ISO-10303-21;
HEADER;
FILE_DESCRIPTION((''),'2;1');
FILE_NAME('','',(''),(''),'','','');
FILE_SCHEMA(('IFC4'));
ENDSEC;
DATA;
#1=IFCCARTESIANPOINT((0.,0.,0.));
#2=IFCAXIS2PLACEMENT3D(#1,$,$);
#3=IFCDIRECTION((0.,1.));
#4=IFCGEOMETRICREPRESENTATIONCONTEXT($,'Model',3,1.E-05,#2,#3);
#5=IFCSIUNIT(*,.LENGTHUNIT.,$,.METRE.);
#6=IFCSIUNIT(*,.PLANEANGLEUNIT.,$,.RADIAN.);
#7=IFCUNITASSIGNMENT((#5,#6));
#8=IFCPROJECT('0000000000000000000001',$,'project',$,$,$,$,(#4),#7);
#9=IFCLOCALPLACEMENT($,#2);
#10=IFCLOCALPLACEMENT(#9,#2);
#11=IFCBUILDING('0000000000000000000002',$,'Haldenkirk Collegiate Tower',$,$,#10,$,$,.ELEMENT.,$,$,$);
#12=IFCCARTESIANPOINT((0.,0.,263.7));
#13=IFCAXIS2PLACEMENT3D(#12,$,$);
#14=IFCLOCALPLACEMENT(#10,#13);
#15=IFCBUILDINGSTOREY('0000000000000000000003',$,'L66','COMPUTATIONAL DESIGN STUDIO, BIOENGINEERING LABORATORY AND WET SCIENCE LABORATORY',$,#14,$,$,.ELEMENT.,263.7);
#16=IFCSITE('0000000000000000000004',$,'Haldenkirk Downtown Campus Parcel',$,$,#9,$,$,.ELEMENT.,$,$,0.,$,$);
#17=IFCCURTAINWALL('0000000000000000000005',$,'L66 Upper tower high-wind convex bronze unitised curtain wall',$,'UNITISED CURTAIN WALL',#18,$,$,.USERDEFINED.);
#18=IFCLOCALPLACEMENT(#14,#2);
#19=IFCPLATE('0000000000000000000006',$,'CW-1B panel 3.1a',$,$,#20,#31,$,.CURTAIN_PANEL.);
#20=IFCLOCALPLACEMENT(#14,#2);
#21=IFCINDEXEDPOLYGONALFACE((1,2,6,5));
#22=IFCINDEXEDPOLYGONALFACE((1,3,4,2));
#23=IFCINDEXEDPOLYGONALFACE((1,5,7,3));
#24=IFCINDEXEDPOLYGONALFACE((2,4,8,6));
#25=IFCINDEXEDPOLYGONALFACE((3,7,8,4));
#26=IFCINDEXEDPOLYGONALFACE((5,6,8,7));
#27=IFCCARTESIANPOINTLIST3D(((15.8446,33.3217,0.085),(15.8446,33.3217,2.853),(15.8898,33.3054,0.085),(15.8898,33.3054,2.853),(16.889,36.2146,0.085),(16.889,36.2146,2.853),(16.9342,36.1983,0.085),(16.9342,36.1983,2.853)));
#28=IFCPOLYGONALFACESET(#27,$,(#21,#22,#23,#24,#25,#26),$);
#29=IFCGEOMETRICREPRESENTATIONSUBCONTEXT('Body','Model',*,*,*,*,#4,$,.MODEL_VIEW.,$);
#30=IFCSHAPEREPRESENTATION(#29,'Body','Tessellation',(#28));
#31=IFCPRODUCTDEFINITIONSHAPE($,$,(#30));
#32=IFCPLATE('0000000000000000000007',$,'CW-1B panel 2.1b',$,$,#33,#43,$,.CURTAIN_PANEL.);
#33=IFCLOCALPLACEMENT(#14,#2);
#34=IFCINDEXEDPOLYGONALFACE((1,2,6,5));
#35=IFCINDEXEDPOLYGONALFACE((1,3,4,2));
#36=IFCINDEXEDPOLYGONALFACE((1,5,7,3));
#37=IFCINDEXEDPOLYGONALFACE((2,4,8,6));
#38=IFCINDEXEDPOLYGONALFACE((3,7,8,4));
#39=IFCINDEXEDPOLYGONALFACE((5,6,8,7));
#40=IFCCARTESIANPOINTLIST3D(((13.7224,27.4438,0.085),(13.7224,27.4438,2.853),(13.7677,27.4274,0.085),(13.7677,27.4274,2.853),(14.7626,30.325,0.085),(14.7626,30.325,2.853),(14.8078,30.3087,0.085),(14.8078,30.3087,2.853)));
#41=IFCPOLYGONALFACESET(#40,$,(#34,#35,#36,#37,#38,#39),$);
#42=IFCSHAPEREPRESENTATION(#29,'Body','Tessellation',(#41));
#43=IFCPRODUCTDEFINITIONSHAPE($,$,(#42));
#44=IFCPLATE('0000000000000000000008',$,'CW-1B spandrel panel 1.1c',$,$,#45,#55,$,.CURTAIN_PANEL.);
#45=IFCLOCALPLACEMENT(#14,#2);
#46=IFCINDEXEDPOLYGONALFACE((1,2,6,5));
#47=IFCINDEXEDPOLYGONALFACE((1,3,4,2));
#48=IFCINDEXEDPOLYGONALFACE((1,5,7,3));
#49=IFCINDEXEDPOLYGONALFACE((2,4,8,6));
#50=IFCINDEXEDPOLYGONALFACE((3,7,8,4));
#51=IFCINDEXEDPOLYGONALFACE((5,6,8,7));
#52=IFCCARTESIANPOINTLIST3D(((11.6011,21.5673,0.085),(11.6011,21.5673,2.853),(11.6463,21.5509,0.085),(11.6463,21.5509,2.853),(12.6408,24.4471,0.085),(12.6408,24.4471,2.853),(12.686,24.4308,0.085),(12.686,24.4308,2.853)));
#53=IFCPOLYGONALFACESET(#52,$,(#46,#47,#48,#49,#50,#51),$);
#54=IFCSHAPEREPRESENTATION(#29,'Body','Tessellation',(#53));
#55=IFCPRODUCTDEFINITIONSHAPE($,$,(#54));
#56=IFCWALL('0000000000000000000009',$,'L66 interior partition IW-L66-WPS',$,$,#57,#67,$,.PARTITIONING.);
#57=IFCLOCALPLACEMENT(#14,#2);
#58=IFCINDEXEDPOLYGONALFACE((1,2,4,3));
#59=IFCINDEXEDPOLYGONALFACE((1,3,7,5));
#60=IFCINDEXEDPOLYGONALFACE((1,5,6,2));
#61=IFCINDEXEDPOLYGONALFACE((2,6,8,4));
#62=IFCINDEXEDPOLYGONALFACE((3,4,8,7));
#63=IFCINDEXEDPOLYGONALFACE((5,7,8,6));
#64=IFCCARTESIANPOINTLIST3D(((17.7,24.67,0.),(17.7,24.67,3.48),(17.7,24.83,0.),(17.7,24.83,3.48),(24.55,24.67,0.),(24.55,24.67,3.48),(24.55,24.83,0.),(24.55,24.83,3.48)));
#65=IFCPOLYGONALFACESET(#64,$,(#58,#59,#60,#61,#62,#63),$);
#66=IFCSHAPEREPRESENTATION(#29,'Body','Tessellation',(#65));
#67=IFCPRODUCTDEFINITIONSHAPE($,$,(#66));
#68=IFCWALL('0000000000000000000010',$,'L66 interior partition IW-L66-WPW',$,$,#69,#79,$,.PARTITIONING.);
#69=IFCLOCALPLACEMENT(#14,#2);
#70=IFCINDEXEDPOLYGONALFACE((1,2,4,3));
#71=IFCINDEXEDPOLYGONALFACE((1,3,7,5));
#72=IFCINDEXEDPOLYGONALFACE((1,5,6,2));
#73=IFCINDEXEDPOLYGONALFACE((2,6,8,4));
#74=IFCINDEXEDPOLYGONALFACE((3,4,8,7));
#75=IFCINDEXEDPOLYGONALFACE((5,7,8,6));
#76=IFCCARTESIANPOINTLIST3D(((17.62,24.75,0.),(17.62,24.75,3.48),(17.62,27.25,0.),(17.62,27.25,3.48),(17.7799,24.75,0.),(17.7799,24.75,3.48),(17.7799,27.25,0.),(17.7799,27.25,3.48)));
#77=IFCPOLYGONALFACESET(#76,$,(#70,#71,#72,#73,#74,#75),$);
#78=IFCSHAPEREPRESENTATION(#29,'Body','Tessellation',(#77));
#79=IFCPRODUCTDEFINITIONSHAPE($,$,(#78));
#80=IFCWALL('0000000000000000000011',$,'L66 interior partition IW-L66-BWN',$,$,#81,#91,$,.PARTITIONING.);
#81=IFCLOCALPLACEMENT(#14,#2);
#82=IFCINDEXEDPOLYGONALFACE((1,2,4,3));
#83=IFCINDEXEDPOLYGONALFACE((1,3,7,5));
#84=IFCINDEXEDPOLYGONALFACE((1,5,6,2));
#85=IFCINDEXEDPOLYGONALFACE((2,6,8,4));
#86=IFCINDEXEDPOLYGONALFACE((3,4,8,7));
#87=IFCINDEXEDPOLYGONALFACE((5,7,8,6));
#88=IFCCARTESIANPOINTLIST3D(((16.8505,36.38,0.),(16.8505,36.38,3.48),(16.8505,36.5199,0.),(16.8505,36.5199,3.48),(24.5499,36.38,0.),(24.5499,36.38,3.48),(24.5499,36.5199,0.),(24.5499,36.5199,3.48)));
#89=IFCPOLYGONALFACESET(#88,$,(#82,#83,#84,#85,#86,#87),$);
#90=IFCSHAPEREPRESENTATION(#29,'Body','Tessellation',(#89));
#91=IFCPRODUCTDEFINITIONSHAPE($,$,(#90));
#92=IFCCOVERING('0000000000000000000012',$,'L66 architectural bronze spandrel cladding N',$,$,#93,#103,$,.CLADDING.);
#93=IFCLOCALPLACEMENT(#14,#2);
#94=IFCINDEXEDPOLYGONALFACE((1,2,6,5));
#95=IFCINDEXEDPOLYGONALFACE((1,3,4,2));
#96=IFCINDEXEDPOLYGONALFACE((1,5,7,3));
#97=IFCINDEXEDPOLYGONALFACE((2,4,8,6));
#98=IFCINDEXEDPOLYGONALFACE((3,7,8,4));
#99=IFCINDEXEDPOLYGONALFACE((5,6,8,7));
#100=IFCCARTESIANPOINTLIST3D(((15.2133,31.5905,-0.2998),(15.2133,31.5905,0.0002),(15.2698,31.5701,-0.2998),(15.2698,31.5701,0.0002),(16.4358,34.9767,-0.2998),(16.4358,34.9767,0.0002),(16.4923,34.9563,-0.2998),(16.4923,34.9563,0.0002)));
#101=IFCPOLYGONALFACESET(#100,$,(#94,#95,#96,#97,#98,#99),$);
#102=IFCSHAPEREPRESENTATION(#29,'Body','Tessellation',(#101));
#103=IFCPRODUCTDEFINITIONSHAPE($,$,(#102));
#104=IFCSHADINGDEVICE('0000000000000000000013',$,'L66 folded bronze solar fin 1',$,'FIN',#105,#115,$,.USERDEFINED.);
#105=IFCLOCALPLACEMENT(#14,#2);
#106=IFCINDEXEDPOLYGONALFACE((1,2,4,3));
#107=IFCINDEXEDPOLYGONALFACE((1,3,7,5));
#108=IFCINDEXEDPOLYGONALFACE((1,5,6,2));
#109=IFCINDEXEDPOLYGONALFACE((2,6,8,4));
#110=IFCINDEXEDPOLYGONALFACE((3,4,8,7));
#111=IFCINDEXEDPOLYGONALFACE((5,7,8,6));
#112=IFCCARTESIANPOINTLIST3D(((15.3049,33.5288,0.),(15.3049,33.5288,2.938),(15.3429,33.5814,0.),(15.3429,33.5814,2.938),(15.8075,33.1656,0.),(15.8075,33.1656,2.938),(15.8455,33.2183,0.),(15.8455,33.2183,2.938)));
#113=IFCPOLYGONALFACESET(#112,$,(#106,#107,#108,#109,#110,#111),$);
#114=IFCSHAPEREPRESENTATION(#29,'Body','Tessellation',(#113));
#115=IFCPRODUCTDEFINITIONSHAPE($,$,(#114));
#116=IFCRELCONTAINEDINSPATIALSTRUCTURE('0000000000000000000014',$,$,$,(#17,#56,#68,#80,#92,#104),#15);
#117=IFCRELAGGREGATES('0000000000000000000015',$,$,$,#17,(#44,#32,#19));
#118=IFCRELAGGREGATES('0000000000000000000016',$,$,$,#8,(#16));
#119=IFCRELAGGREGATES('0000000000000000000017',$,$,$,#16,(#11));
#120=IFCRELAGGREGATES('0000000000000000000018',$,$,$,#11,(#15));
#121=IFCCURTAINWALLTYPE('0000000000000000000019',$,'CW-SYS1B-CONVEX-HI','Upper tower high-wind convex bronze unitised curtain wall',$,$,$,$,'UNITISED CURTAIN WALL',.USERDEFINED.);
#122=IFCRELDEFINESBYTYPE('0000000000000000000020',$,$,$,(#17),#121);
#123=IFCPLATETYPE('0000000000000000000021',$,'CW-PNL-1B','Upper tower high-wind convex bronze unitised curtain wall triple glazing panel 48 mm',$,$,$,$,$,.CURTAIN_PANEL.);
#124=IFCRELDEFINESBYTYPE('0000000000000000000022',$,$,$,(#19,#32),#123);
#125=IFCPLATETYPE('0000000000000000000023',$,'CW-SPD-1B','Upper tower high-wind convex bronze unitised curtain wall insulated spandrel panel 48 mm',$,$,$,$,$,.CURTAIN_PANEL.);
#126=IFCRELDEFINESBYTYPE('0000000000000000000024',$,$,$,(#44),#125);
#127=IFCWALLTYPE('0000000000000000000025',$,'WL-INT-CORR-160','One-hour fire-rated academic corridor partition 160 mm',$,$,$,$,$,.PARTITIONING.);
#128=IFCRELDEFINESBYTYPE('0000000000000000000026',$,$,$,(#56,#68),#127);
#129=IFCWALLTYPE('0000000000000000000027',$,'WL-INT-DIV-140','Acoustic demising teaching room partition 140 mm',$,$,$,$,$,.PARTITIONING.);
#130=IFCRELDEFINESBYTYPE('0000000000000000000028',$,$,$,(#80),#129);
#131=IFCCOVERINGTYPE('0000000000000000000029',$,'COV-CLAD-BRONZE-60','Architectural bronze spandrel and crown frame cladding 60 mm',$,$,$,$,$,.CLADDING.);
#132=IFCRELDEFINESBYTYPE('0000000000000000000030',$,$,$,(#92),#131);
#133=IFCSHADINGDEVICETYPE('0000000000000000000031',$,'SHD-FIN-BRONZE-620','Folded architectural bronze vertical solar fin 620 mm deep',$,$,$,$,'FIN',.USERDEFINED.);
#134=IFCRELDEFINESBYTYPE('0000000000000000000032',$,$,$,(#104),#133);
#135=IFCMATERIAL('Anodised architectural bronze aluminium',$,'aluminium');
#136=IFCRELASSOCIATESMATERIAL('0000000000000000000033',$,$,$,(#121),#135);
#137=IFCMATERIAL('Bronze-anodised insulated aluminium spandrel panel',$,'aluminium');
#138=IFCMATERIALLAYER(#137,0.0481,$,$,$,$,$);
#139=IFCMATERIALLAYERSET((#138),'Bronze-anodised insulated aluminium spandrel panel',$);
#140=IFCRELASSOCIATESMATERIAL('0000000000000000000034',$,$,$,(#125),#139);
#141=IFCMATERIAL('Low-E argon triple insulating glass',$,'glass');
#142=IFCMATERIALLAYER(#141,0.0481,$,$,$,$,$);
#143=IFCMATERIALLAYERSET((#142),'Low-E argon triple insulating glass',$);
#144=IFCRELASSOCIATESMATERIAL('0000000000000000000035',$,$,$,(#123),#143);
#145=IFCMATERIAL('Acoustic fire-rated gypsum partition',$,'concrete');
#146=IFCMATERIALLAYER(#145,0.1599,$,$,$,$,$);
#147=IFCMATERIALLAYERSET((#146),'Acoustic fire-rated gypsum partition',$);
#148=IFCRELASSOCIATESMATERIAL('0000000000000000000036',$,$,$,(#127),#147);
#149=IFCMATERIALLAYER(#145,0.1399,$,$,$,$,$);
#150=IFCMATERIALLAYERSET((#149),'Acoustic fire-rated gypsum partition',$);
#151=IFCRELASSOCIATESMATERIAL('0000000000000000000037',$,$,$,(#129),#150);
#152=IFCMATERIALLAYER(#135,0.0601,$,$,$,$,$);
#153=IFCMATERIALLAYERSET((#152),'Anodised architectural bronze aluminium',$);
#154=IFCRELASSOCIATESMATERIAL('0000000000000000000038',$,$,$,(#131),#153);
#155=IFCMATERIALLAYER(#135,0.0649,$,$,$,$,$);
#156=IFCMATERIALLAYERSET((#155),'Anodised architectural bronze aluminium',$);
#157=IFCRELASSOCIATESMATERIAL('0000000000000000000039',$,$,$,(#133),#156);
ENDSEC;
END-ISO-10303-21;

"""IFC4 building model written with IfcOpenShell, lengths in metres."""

from ifc_helpers import new_model, si_unit, direction, frame, frame_2d, origin, origin_2d, place, context, subcontext, project, spatial, rectangle, extrude, source, transform, mapped, material, layer, layer_set, type_object, element, aggregate, save


model = new_model("IFC4")

# Units and contexts
model_context = context("Model", 3, precision=1e-05, world=origin(), true_north=direction((0.0, 1.0)))
body_context = subcontext(model_context, "Body", "Model", "MODEL_VIEW")
ifc_project = project(units=[si_unit("LENGTHUNIT", "METRE"), si_unit("PLANEANGLEUNIT", "RADIAN")], contexts=[model_context])

# Site, building, storey
site_placement = place(None, origin())
site = spatial("IfcSite", under=ifc_project, at=site_placement, Name="Haldenkirk Downtown Campus Parcel", CompositionType="ELEMENT", RefElevation=0.0)
building_placement = place(site_placement, origin())
building = spatial("IfcBuilding", under=site, at=building_placement, Name="Haldenkirk Collegiate Tower", CompositionType="ELEMENT")
storey_placement = place(building_placement, frame((0.0, 0.0, 263.7)))
storey = spatial("IfcBuildingStorey", under=building, at=storey_placement, Name="L66", Description="COMPUTATIONAL DESIGN STUDIO, BIOENGINEERING LABORATORY AND WET SCIENCE LABORATORY", CompositionType="ELEMENT", Elevation=263.7)

# Curtain wall, plates
ifc_material_1 = material(Name="Anodised architectural bronze aluminium", Category="aluminium")
curtain_wall_type = type_object("IfcCurtainWallType", Name="CW-SYS1B-CONVEX-HI", Description="Upper tower high-wind convex bronze unitised curtain wall", ElementType="UNITISED CURTAIN WALL", PredefinedType="USERDEFINED", material=ifc_material_1)
curtain_wall_placement = place(storey_placement, origin())
curtain_wall = element("IfcCurtainWall", 1, at=curtain_wall_placement, inside=storey, type_object=curtain_wall_type, Name="L66 Upper tower high-wind convex bronze unitised curtain wall", ObjectType="UNITISED CURTAIN WALL", PredefinedType="USERDEFINED")
ifc_material_2 = material(Name="Bronze-anodised insulated aluminium spandrel panel", Category="aluminium")
ifc_layer_1 = layer(ifc_material_2, 0.0481)
ifc_layer_set_1 = layer_set([ifc_layer_1], Name="Bronze-anodised insulated aluminium spandrel panel")
plate_type_1 = type_object("IfcPlateType", Name="CW-SPD-1B", Description="Upper tower high-wind convex bronze unitised curtain wall insulated spandrel panel 48 mm", PredefinedType="CURTAIN_PANEL", material=ifc_layer_set_1)
shared_shape_1 = source(origin(), body_context, "Body", "SweptSolid", [
    extrude(rectangle(XDim=3.0757, YDim=0.0481, at=origin_2d()), origin(), (0.0, 0.0, 1.0), 2.7681),
])
ifc_material_3 = material(Name="Low-E argon triple insulating glass", Category="glass")
ifc_layer_2 = layer(ifc_material_3, 0.0481)
ifc_layer_set_2 = layer_set([ifc_layer_2], Name="Low-E argon triple insulating glass")
plate_type_2 = type_object("IfcPlateType", Name="CW-PNL-1B", Description="Upper tower high-wind convex bronze unitised curtain wall triple glazing panel 48 mm", PredefinedType="CURTAIN_PANEL", material=ifc_layer_set_2)
plate_1_placement = place(storey_placement, frame((16.3894, 34.76, 0.085), z_axis=(0.0, 0.0, 1.0), x_axis=(0.339559, 0.940585, 0.0)))
plate_1 = element("IfcPlate", 2, at=plate_1_placement, type_object=plate_type_2, Name="CW-1B panel 3.1a", PredefinedType="CURTAIN_PANEL", context=body_context, shape_type="MappedRepresentation", body=[
    mapped(shared_shape_1, transform((0.0, 0.0, 0.0), x_axis=(1.0, 0.0, 0.0), y_axis=(0.0, 1.0, 0.0), z_axis=(0.0, 0.0, 1.0), scale=1.0)),
])
shared_shape_2 = source(origin(), body_context, "Body", "SweptSolid", [
    extrude(rectangle(XDim=3.0632, YDim=0.0481, at=origin_2d()), origin(), (0.0, 0.0, 1.0), 2.7681),
])
plate_2_placement = place(storey_placement, frame((14.2651, 28.8762, 0.085), z_axis=(0.0, 0.0, 1.0), x_axis=(0.339559, 0.940585, 0.0)))
plate_2 = element("IfcPlate", 3, at=plate_2_placement, type_object=plate_type_2, Name="CW-1B panel 2.1b", PredefinedType="CURTAIN_PANEL", context=body_context, shape_type="MappedRepresentation", body=[
    mapped(shared_shape_2, transform((0.0, 0.0, 0.0), x_axis=(1.0, 0.0, 0.0), y_axis=(0.0, 1.0, 0.0), z_axis=(0.0, 0.0, 1.0), scale=1.0)),
])
shared_shape_3 = source(origin(), body_context, "Body", "SweptSolid", [
    extrude(rectangle(XDim=3.0618, YDim=0.0481, at=origin_2d()), origin(), (0.0, 0.0, 1.0), 2.7681),
])
plate_3_placement = place(storey_placement, frame((12.1436, 22.999, 0.085), z_axis=(0.0, 0.0, 1.0), x_axis=(0.339559, 0.940585, 0.0)))
plate_3 = element("IfcPlate", 4, at=plate_3_placement, type_object=plate_type_1, Name="CW-1B spandrel panel 1.1c", PredefinedType="CURTAIN_PANEL", context=body_context, shape_type="MappedRepresentation", body=[
    mapped(shared_shape_3, transform((0.0, 0.0, 0.0), x_axis=(1.0, 0.0, 0.0), y_axis=(0.0, 1.0, 0.0), z_axis=(0.0, 0.0, 1.0), scale=1.0)),
])
aggregate(curtain_wall, [plate_3, plate_2, plate_1])

# Walls
ifc_material_4 = material(Name="Acoustic fire-rated gypsum partition", Category="concrete")
ifc_layer_3 = layer(ifc_material_4, 0.1599)
ifc_layer_set_3 = layer_set([ifc_layer_3], Name="Acoustic fire-rated gypsum partition")
wall_type_1 = type_object("IfcWallType", Name="WL-INT-CORR-160", Description="One-hour fire-rated academic corridor partition 160 mm", PredefinedType="PARTITIONING", material=ifc_layer_set_3)
wall_1_placement = place(storey_placement, frame((17.7, 24.75, 0.0), z_axis=(0.0, 0.0, 1.0), x_axis=(1.0, 0.0, 0.0)))
element("IfcWall", 5, at=wall_1_placement, inside=storey, type_object=wall_type_1, Name="L66 interior partition IW-L66-WPS", PredefinedType="PARTITIONING", context=body_context, shape_type="SweptSolid", body=[
    extrude(rectangle(XDim=6.8501, YDim=0.1599, at=frame_2d((3.425, 0.0))), origin(), (0.0, 0.0, 1.0), 3.48),
])
wall_2_placement = place(storey_placement, frame((17.7, 24.75, 0.0), z_axis=(0.0, 0.0, 1.0), x_axis=(0.0, 1.0, 0.0)))
element("IfcWall", 6, at=wall_2_placement, inside=storey, type_object=wall_type_1, Name="L66 interior partition IW-L66-WPW", PredefinedType="PARTITIONING", context=body_context, shape_type="SweptSolid", body=[
    extrude(rectangle(XDim=2.5, YDim=0.1599, at=frame_2d((1.25, 0.0))), origin(), (0.0, 0.0, 1.0), 3.48),
])
ifc_layer_4 = layer(ifc_material_4, 0.1399)
ifc_layer_set_4 = layer_set([ifc_layer_4], Name="Acoustic fire-rated gypsum partition")
wall_type_2 = type_object("IfcWallType", Name="WL-INT-DIV-140", Description="Acoustic demising teaching room partition 140 mm", PredefinedType="PARTITIONING", material=ifc_layer_set_4)
wall_3_placement = place(storey_placement, frame((16.8506, 36.45, 0.0), z_axis=(0.0, 0.0, 1.0), x_axis=(1.0, 0.0, 0.0)))
element("IfcWall", 7, at=wall_3_placement, inside=storey, type_object=wall_type_2, Name="L66 interior partition IW-L66-BWN", PredefinedType="PARTITIONING", context=body_context, shape_type="SweptSolid", body=[
    extrude(rectangle(XDim=7.6995, YDim=0.1399, at=frame_2d((3.8496, 0.0))), origin(), (0.0, 0.0, 1.0), 3.48),
])

# Covering
ifc_layer_5 = layer(ifc_material_1, 0.0601)
ifc_layer_set_5 = layer_set([ifc_layer_5], Name="Anodised architectural bronze aluminium")
covering_type = type_object("IfcCoveringType", Name="COV-CLAD-BRONZE-60", Description="Architectural bronze spandrel and crown frame cladding 60 mm", PredefinedType="CLADDING", material=ifc_layer_set_5)
shared_shape_4 = source(origin(), body_context, "Body", "SweptSolid", [
    extrude(rectangle(XDim=3.6001, YDim=0.0601, at=origin_2d()), origin(), (0.0, 0.0, 1.0), 0.3),
])
covering_placement = place(storey_placement, frame((15.8528, 33.2734, -0.2998), z_axis=(0.0, 0.0, 1.0), x_axis=(0.339559, 0.940585, 0.0)))
element("IfcCovering", 8, at=covering_placement, inside=storey, type_object=covering_type, Name="L66 architectural bronze spandrel cladding N", PredefinedType="CLADDING", context=body_context, shape_type="MappedRepresentation", body=[
    mapped(shared_shape_4, transform((0.0, 0.0, 0.0), x_axis=(1.0, 0.0, 0.0), y_axis=(0.0, 1.0, 0.0), z_axis=(0.0, 0.0, 1.0), scale=1.0)),
])

# Shading device
ifc_layer_6 = layer(ifc_material_1, 0.0649)
ifc_layer_set_6 = layer_set([ifc_layer_6], Name="Anodised architectural bronze aluminium")
shading_device_type = type_object("IfcShadingDeviceType", Name="SHD-FIN-BRONZE-620", Description="Folded architectural bronze vertical solar fin 620 mm deep", ElementType="FIN", PredefinedType="USERDEFINED", material=ifc_layer_set_6)
shared_shape_5 = source(origin(), body_context, "Body", "SweptSolid", [
    extrude(rectangle(XDim=0.6201, YDim=0.0649, at=origin_2d()), origin(), (0.0, 0.0, 1.0), 2.938),
])
shading_device_placement = place(storey_placement, frame((15.5752, 33.3735, 0.0), z_axis=(0.0, 0.0, 1.0), x_axis=(-0.810553, 0.585665, 0.0)))
element("IfcShadingDevice", 9, at=shading_device_placement, inside=storey, type_object=shading_device_type, Name="L66 folded bronze solar fin 1", ObjectType="FIN", PredefinedType="USERDEFINED", context=body_context, shape_type="MappedRepresentation", body=[
    mapped(shared_shape_5, transform((0.0, 0.0, 0.0), x_axis=(1.0, 0.0, 0.0), y_axis=(0.0, 1.0, 0.0), z_axis=(0.0, 0.0, 1.0), scale=1.0)),
])

save(model, "model.ifc")
